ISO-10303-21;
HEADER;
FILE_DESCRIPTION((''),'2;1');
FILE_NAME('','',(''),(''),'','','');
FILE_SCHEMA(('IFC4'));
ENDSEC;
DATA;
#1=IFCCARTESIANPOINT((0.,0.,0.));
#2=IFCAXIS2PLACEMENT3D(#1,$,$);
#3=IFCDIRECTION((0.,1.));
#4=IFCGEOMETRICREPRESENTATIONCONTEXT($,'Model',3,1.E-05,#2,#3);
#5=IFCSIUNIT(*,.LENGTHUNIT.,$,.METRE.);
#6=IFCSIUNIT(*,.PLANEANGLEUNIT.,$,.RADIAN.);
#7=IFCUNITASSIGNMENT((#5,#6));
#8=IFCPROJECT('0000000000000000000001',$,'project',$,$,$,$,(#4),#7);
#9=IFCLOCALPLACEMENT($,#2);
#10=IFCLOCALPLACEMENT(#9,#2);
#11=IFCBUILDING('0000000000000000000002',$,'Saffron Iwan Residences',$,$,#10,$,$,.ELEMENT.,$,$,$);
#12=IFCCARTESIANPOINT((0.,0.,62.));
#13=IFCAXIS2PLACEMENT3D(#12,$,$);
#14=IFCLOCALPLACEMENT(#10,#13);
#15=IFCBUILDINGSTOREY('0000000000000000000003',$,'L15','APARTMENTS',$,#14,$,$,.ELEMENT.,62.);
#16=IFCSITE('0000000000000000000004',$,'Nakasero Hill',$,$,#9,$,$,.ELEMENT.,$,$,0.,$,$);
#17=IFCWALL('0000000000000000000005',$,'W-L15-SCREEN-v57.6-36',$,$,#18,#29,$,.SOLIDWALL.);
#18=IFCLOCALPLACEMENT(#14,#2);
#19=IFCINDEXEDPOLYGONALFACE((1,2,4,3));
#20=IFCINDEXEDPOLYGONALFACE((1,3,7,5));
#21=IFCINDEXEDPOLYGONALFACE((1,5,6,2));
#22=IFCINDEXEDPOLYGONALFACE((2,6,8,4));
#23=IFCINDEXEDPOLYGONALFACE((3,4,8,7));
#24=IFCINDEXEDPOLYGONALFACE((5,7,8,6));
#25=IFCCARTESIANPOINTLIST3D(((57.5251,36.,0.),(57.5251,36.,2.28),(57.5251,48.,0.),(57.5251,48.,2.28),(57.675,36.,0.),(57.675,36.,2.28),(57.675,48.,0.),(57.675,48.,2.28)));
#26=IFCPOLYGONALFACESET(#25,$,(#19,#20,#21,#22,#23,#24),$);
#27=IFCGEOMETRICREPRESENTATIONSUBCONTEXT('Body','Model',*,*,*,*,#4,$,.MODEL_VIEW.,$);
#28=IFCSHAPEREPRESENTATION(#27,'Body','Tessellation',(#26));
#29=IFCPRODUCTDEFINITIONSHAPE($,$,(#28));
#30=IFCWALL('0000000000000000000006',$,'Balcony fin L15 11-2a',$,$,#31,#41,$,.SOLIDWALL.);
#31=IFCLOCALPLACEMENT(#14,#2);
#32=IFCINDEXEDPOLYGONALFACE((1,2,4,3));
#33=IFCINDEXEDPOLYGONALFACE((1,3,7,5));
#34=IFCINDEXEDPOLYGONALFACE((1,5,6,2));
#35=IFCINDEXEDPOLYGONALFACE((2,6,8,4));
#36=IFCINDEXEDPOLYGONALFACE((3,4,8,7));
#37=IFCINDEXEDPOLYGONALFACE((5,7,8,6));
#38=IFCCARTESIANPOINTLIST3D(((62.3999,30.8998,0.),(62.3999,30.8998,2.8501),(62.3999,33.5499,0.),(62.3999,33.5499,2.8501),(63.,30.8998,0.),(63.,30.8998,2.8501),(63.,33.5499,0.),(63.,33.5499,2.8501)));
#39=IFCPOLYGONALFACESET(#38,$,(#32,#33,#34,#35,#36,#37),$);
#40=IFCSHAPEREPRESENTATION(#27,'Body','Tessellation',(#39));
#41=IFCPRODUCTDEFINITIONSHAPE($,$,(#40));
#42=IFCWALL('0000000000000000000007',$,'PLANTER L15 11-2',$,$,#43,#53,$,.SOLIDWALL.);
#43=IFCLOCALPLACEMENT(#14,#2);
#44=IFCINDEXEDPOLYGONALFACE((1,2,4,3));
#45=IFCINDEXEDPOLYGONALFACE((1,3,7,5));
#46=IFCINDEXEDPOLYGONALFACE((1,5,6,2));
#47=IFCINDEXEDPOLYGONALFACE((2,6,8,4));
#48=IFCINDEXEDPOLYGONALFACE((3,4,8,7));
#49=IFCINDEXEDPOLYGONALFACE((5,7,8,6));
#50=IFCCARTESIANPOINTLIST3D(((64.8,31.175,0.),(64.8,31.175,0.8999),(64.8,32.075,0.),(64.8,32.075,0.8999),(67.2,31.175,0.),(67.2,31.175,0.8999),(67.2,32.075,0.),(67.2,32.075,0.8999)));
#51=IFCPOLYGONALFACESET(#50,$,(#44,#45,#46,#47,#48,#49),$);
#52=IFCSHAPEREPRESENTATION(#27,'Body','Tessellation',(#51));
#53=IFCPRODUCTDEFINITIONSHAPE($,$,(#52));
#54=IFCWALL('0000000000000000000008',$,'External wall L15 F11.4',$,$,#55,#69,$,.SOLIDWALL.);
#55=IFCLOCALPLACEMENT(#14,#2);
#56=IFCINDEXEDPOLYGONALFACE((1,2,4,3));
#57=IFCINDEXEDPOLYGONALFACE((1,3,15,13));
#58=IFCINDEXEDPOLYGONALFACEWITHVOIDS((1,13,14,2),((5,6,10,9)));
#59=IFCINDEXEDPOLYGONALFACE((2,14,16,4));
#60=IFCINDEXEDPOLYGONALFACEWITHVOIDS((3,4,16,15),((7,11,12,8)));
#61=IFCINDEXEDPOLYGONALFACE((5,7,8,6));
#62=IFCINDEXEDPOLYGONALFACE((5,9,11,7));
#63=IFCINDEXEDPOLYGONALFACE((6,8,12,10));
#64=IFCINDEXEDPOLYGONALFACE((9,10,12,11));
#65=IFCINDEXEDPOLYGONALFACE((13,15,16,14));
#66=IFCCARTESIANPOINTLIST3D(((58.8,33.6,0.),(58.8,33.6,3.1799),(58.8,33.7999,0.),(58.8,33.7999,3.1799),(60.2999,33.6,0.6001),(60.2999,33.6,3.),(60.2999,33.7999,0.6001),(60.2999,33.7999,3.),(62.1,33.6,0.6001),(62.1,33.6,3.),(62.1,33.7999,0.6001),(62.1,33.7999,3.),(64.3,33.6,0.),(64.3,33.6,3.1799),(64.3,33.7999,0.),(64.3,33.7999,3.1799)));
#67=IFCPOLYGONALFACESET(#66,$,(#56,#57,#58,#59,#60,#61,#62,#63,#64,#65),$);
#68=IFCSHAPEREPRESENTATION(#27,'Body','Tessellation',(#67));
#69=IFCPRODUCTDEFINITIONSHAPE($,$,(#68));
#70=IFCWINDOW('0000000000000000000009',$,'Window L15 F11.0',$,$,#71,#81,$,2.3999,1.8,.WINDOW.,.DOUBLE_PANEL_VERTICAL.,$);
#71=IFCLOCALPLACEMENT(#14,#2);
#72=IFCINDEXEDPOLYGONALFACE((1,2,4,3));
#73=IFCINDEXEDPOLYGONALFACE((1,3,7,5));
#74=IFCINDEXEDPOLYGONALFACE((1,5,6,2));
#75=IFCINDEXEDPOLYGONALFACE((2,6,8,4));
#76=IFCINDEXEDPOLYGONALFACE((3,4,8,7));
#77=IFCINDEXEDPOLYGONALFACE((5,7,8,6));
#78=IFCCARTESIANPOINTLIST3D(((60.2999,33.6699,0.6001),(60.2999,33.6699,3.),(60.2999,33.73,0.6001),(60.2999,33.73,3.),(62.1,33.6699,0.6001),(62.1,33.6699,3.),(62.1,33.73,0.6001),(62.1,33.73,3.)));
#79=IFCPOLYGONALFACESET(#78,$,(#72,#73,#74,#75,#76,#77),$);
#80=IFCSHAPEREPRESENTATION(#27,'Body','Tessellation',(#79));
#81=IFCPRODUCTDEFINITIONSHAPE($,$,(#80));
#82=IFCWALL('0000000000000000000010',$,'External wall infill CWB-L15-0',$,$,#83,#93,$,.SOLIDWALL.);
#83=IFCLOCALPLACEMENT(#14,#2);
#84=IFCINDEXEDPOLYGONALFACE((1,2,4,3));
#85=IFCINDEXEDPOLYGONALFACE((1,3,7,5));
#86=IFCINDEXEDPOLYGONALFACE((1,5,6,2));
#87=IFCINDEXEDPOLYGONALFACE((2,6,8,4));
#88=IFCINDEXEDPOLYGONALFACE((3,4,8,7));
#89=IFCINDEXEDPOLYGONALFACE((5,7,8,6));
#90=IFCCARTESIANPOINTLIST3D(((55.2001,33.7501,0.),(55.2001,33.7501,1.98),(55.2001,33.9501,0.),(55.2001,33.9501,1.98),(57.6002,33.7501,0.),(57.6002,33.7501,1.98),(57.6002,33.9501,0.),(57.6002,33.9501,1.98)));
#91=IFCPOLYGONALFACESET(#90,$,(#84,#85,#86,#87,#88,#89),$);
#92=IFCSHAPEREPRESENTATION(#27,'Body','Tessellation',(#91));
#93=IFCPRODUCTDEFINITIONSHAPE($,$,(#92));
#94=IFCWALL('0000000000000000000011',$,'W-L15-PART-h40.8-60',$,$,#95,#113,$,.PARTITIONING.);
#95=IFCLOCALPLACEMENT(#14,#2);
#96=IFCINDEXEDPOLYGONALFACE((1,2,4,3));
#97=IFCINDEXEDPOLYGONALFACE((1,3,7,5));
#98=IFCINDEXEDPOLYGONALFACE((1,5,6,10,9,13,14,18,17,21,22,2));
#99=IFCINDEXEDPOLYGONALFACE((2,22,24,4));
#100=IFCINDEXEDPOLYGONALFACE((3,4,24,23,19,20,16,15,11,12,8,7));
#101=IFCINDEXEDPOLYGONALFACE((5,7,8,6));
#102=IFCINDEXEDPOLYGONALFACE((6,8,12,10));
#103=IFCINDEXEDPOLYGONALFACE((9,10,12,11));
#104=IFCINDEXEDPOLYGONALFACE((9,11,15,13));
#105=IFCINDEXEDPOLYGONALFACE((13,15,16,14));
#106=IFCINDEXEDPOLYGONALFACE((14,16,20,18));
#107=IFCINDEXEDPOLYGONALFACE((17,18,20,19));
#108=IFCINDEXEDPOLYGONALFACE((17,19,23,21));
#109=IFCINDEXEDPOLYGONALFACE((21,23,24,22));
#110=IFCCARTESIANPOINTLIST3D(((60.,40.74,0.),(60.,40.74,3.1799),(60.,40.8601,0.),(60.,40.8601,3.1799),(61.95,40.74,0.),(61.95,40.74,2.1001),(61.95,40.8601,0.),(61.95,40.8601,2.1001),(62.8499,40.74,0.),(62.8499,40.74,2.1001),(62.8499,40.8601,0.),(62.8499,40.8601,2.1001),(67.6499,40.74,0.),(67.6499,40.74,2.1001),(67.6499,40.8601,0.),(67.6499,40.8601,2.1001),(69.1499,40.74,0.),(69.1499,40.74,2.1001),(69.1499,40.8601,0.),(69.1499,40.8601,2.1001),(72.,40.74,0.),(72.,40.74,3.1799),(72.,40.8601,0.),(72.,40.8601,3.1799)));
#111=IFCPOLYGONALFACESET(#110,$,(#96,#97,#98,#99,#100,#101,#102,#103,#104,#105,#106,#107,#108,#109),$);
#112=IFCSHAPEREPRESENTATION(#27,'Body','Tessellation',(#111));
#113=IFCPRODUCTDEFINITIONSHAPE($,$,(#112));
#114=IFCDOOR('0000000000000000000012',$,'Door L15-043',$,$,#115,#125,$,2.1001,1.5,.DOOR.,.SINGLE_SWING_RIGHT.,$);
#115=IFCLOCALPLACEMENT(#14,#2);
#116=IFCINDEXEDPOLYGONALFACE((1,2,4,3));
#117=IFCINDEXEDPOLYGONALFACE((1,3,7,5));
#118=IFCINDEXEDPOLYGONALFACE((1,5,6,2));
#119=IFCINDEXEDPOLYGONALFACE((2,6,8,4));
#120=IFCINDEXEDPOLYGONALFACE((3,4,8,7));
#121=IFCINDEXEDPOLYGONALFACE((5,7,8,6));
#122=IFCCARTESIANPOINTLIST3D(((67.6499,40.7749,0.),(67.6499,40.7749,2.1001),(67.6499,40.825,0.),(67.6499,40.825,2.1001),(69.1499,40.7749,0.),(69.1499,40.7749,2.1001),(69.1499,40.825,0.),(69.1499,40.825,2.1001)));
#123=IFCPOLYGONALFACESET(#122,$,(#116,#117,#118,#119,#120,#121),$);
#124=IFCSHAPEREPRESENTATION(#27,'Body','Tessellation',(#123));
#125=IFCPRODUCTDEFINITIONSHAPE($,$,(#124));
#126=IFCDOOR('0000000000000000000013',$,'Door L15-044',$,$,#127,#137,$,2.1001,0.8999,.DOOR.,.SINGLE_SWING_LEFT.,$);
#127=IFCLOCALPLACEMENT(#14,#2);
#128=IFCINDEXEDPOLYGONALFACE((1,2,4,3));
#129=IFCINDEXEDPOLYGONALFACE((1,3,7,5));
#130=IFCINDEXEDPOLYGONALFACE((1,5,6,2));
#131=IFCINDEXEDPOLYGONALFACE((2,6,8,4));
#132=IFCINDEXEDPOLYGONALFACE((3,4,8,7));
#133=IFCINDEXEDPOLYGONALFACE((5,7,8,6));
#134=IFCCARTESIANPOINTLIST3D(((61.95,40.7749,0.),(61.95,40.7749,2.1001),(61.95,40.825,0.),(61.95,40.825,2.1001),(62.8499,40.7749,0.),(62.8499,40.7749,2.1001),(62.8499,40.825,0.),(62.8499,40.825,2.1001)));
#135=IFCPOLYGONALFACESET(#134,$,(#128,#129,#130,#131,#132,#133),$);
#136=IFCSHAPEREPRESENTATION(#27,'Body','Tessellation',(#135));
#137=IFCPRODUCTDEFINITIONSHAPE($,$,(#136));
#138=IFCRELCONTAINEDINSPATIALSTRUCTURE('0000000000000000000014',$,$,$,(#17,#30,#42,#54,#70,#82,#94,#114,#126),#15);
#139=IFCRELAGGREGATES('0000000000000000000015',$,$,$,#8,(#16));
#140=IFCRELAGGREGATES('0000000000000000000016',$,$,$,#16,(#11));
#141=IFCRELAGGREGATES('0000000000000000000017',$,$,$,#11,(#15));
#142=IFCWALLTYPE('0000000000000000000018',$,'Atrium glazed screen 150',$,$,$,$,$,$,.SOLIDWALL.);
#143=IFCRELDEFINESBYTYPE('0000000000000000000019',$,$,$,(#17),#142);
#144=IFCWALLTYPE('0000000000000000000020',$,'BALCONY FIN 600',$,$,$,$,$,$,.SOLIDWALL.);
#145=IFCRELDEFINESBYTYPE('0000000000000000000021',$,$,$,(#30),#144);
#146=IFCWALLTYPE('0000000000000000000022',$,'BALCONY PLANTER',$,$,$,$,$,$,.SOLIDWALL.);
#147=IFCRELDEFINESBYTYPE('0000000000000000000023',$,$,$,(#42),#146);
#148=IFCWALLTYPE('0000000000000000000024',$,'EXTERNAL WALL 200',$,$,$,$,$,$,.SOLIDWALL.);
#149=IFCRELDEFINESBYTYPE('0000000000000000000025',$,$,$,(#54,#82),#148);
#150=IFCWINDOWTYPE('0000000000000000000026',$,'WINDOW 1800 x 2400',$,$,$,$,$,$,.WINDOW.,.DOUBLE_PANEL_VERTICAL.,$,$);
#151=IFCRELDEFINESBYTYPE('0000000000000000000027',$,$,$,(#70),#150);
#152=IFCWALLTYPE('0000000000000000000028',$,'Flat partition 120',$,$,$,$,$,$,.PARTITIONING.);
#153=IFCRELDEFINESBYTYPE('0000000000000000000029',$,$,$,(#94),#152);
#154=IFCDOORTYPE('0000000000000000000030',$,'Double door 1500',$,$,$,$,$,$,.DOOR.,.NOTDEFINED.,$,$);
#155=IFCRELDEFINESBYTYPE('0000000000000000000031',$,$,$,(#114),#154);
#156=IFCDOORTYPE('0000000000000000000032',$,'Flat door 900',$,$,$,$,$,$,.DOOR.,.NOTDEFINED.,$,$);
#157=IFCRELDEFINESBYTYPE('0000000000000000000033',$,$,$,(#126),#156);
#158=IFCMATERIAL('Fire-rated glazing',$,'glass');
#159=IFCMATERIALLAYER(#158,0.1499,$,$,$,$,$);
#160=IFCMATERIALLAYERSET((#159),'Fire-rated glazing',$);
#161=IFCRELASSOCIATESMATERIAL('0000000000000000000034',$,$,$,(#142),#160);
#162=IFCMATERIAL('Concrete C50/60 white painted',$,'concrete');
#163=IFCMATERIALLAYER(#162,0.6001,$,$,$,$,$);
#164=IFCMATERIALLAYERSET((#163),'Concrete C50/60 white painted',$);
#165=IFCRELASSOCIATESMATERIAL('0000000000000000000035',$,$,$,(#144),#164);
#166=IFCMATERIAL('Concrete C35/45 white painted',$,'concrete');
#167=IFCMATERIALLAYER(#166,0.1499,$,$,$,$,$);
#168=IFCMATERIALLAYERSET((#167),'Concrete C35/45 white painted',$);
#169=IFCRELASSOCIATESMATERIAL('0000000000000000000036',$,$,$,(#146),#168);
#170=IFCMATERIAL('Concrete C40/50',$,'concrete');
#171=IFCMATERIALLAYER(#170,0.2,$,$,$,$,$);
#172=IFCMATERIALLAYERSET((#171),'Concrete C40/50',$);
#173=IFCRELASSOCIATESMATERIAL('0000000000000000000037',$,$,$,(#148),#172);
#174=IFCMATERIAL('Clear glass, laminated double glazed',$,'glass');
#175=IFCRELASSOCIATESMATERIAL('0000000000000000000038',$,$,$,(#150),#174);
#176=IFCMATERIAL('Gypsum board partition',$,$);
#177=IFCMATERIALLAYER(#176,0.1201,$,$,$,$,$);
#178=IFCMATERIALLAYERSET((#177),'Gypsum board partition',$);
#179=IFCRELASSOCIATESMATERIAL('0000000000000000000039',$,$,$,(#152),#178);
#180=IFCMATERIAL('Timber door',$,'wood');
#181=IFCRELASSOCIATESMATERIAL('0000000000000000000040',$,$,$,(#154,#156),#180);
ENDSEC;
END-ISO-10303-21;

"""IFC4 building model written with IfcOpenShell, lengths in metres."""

from ifc_helpers import new_model, si_unit, direction, frame, frame_2d, origin, place, context, subcontext, project, spatial, rectangle, extrude, material, layer, layer_set, type_object, element, fill, save


model = new_model("IFC4")

# Units and contexts
model_context = context("Model", 3, precision=1e-05, world=origin(), true_north=direction((0.0, 1.0)))
body_context = subcontext(model_context, "Body", "Model", "MODEL_VIEW")
ifc_project = project(units=[si_unit("LENGTHUNIT", "METRE"), si_unit("PLANEANGLEUNIT", "RADIAN")], contexts=[model_context])

# Site, building, storey
site_placement = place(None, origin())
site = spatial("IfcSite", under=ifc_project, at=site_placement, Name="Nakasero Hill", CompositionType="ELEMENT", RefElevation=0.0)
building_placement = place(site_placement, origin())
building = spatial("IfcBuilding", under=site, at=building_placement, Name="Saffron Iwan Residences", CompositionType="ELEMENT")
storey_placement = place(building_placement, frame((0.0, 0.0, 62.0)))
storey = spatial("IfcBuildingStorey", under=building, at=storey_placement, Name="L15", Description="APARTMENTS", CompositionType="ELEMENT", Elevation=62.0)

# Shared definitions
ifc_material_1 = material(Name="Clear glass, laminated double glazed", Category="glass")

# Shared definitions
ifc_material_2 = material(Name="Concrete C50/60 white painted", Category="concrete")

# Walls
ifc_material_3 = material(Name="Fire-rated glazing", Category="glass")
ifc_layer_1 = layer(ifc_material_3, 0.1499)
ifc_layer_set_1 = layer_set([ifc_layer_1], Name="Fire-rated glazing")
wall_type_1 = type_object("IfcWallType", Name="Atrium glazed screen 150", PredefinedType="SOLIDWALL", material=ifc_layer_set_1)
wall_1_placement = place(storey_placement, frame((57.6001, 36.0, 0.0), z_axis=(0.0, 0.0, 1.0), x_axis=(0.0, 1.0, 0.0)))
element("IfcWall", 1, at=wall_1_placement, inside=storey, type_object=wall_type_1, Name="W-L15-SCREEN-v57.6-36", PredefinedType="SOLIDWALL", context=body_context, shape_type="SweptSolid", body=[
    extrude(rectangle(XDim=12.0, YDim=0.1499, at=frame_2d((6.0, 0.0))), origin(), (0.0, 0.0, 1.0), 2.28),
])
ifc_layer_2 = layer(ifc_material_2, 0.6001)
ifc_layer_set_2 = layer_set([ifc_layer_2], Name="Concrete C50/60 white painted")
wall_type_2 = type_object("IfcWallType", Name="BALCONY FIN 600", PredefinedType="SOLIDWALL", material=ifc_layer_set_2)
wall_2_placement = place(storey_placement, frame((62.7, 33.55, 0.0), z_axis=(0.0, 0.0, 1.0), x_axis=(0.0, -1.0, 0.0)))
element("IfcWall", 2, at=wall_2_placement, inside=storey, type_object=wall_type_2, Name="Balcony fin L15 11-2a", PredefinedType="SOLIDWALL", context=body_context, shape_type="SweptSolid", body=[
    extrude(rectangle(XDim=2.6501, YDim=0.6001, at=frame_2d((1.3252, 0.0))), origin(), (0.0, 0.0, 1.0), 2.8501),
])
ifc_material_4 = material(Name="Concrete C35/45 white painted", Category="concrete")
ifc_layer_3 = layer(ifc_material_4, 0.1499)
ifc_layer_set_3 = layer_set([ifc_layer_3], Name="Concrete C35/45 white painted")
wall_type_3 = type_object("IfcWallType", Name="BALCONY PLANTER", PredefinedType="SOLIDWALL", material=ifc_layer_set_3)
wall_3_placement = place(storey_placement, frame((64.8, 31.625, 0.0), z_axis=(0.0, 0.0, 1.0), x_axis=(1.0, 0.0, 0.0)))
element("IfcWall", 3, at=wall_3_placement, inside=storey, type_object=wall_type_3, Name="PLANTER L15 11-2", PredefinedType="SOLIDWALL", context=body_context, shape_type="SweptSolid", body=[
    extrude(rectangle(XDim=2.3999, YDim=0.8999, at=frame_2d((1.2, 0.0))), origin(), (0.0, 0.0, 1.0), 0.8999),
])

# Wall, opening, window
ifc_material_5 = material(Name="Concrete C40/50", Category="concrete")
ifc_layer_4 = layer(ifc_material_5, 0.2)
ifc_layer_set_4 = layer_set([ifc_layer_4], Name="Concrete C40/50")
wall_type_4 = type_object("IfcWallType", Name="EXTERNAL WALL 200", PredefinedType="SOLIDWALL", material=ifc_layer_set_4)
wall_4_placement = place(storey_placement, frame((58.8, 33.7, 0.0), z_axis=(0.0, 0.0, 1.0), x_axis=(1.0, 0.0, 0.0)))
wall_4 = element("IfcWall", 4, at=wall_4_placement, inside=storey, type_object=wall_type_4, Name="External wall L15 F11.4", PredefinedType="SOLIDWALL", context=body_context, shape_type="SweptSolid", body=[
    extrude(rectangle(XDim=5.5, YDim=0.2, at=frame_2d((2.75, 0.0))), origin(), (0.0, 0.0, 1.0), 3.1799),
])
opening_1_placement = place(wall_4_placement, frame((1.5, 0.0, 0.6001)))
opening_1 = element("IfcOpeningElement", 5, at=opening_1_placement, cuts=wall_4, PredefinedType="OPENING", context=body_context, shape_type="SweptSolid", body=[
    extrude(rectangle(XDim=1.8, YDim=2.3999, at=frame_2d((0.8999, 1.2))), frame((0.0, 0.1099, 0.0), z_axis=(0.0, -1.0, 0.0), x_axis=(1.0, 0.0, 0.0)), (0.0, 0.0, 1.0), 0.22),
])
window_type = type_object("IfcWindowType", Name="WINDOW 1800 x 2400", PartitioningType="DOUBLE_PANEL_VERTICAL", PredefinedType="WINDOW", material=ifc_material_1)
window_placement = place(opening_1_placement, origin())
window = element("IfcWindow", 6, at=window_placement, inside=storey, type_object=window_type, Name="Window L15 F11.0", OverallHeight=2.3999, OverallWidth=1.8, PartitioningType="DOUBLE_PANEL_VERTICAL", PredefinedType="WINDOW", context=body_context, shape_type="SweptSolid", body=[
    extrude(rectangle(XDim=1.8, YDim=2.3999, at=frame_2d((0.8999, 1.2))), frame((0.0, 0.03, 0.0), z_axis=(0.0, -1.0, 0.0), x_axis=(1.0, 0.0, 0.0)), (0.0, 0.0, 1.0), 0.0601),
])
fill(opening_1, window)

# Wall
wall_5_placement = place(storey_placement, frame((55.2, 33.8501, 0.0), z_axis=(0.0, 0.0, 1.0), x_axis=(1.0, 0.0, 0.0)))
element("IfcWall", 7, at=wall_5_placement, inside=storey, type_object=wall_type_4, Name="External wall infill CWB-L15-0", PredefinedType="SOLIDWALL", context=body_context, shape_type="SweptSolid", body=[
    extrude(rectangle(XDim=2.4001, YDim=0.2, at=frame_2d((1.2002, 0.0))), origin(), (0.0, 0.0, 1.0), 1.98),
])

# Wall, openings, doors
ifc_material_6 = material(Name="Gypsum board partition")
ifc_layer_5 = layer(ifc_material_6, 0.1201)
ifc_layer_set_5 = layer_set([ifc_layer_5], Name="Gypsum board partition")
wall_type_5 = type_object("IfcWallType", Name="Flat partition 120", PredefinedType="PARTITIONING", material=ifc_layer_set_5)
wall_6_placement = place(storey_placement, frame((60.0, 40.8, 0.0), z_axis=(0.0, 0.0, 1.0), x_axis=(1.0, 0.0, 0.0)))
wall_6 = element("IfcWall", 8, at=wall_6_placement, inside=storey, type_object=wall_type_5, Name="W-L15-PART-h40.8-60", PredefinedType="PARTITIONING", context=body_context, shape_type="SweptSolid", body=[
    extrude(rectangle(XDim=12.0, YDim=0.1201, at=frame_2d((6.0, 0.0))), origin(), (0.0, 0.0, 1.0), 3.1799),
])
opening_2_placement = place(wall_6_placement, frame((7.6499, 0.0, 0.0)))
opening_2 = element("IfcOpeningElement", 9, at=opening_2_placement, cuts=wall_6, PredefinedType="OPENING", context=body_context, shape_type="SweptSolid", body=[
    extrude(rectangle(XDim=1.5, YDim=2.1001, at=frame_2d((0.75, 1.05))), frame((0.0, 0.0701, 0.0), z_axis=(0.0, -1.0, 0.0), x_axis=(1.0, 0.0, 0.0)), (0.0, 0.0, 1.0), 0.1401),
])
opening_3_placement = place(wall_6_placement, frame((1.95, 0.0, 0.0)))
opening_3 = element("IfcOpeningElement", 10, at=opening_3_placement, cuts=wall_6, PredefinedType="OPENING", context=body_context, shape_type="SweptSolid", body=[
    extrude(rectangle(XDim=0.8999, YDim=2.1001, at=frame_2d((0.45, 1.05))), frame((0.0, 0.0701, 0.0), z_axis=(0.0, -1.0, 0.0), x_axis=(1.0, 0.0, 0.0)), (0.0, 0.0, 1.0), 0.1401),
])
ifc_material_7 = material(Name="Timber door", Category="wood")
door_type_1 = type_object("IfcDoorType", Name="Double door 1500", OperationType="NOTDEFINED", PredefinedType="DOOR", material=ifc_material_7)
door_1_placement = place(opening_2_placement, origin())
door_1 = element("IfcDoor", 11, at=door_1_placement, inside=storey, type_object=door_type_1, Name="Door L15-043", OperationType="SINGLE_SWING_RIGHT", OverallHeight=2.1001, OverallWidth=1.5, PredefinedType="DOOR", context=body_context, shape_type="SweptSolid", body=[
    extrude(rectangle(XDim=1.5, YDim=2.1001, at=frame_2d((0.75, 1.05))), frame((0.0, 0.0249, 0.0), z_axis=(0.0, -1.0, 0.0), x_axis=(1.0, 0.0, 0.0)), (0.0, 0.0, 1.0), 0.05),
])
fill(opening_2, door_1)
door_type_2 = type_object("IfcDoorType", Name="Flat door 900", OperationType="NOTDEFINED", PredefinedType="DOOR", material=ifc_material_7)
door_2_placement = place(opening_3_placement, origin())
door_2 = element("IfcDoor", 12, at=door_2_placement, inside=storey, type_object=door_type_2, Name="Door L15-044", OperationType="SINGLE_SWING_LEFT", OverallHeight=2.1001, OverallWidth=0.8999, PredefinedType="DOOR", context=body_context, shape_type="SweptSolid", body=[
    extrude(rectangle(XDim=0.8999, YDim=2.1001, at=frame_2d((0.45, 1.05))), frame((0.0, 0.0249, 0.0), z_axis=(0.0, -1.0, 0.0), x_axis=(1.0, 0.0, 0.0)), (0.0, 0.0, 1.0), 0.05),
])
fill(opening_3, door_2)

save(model, "model.ifc")
